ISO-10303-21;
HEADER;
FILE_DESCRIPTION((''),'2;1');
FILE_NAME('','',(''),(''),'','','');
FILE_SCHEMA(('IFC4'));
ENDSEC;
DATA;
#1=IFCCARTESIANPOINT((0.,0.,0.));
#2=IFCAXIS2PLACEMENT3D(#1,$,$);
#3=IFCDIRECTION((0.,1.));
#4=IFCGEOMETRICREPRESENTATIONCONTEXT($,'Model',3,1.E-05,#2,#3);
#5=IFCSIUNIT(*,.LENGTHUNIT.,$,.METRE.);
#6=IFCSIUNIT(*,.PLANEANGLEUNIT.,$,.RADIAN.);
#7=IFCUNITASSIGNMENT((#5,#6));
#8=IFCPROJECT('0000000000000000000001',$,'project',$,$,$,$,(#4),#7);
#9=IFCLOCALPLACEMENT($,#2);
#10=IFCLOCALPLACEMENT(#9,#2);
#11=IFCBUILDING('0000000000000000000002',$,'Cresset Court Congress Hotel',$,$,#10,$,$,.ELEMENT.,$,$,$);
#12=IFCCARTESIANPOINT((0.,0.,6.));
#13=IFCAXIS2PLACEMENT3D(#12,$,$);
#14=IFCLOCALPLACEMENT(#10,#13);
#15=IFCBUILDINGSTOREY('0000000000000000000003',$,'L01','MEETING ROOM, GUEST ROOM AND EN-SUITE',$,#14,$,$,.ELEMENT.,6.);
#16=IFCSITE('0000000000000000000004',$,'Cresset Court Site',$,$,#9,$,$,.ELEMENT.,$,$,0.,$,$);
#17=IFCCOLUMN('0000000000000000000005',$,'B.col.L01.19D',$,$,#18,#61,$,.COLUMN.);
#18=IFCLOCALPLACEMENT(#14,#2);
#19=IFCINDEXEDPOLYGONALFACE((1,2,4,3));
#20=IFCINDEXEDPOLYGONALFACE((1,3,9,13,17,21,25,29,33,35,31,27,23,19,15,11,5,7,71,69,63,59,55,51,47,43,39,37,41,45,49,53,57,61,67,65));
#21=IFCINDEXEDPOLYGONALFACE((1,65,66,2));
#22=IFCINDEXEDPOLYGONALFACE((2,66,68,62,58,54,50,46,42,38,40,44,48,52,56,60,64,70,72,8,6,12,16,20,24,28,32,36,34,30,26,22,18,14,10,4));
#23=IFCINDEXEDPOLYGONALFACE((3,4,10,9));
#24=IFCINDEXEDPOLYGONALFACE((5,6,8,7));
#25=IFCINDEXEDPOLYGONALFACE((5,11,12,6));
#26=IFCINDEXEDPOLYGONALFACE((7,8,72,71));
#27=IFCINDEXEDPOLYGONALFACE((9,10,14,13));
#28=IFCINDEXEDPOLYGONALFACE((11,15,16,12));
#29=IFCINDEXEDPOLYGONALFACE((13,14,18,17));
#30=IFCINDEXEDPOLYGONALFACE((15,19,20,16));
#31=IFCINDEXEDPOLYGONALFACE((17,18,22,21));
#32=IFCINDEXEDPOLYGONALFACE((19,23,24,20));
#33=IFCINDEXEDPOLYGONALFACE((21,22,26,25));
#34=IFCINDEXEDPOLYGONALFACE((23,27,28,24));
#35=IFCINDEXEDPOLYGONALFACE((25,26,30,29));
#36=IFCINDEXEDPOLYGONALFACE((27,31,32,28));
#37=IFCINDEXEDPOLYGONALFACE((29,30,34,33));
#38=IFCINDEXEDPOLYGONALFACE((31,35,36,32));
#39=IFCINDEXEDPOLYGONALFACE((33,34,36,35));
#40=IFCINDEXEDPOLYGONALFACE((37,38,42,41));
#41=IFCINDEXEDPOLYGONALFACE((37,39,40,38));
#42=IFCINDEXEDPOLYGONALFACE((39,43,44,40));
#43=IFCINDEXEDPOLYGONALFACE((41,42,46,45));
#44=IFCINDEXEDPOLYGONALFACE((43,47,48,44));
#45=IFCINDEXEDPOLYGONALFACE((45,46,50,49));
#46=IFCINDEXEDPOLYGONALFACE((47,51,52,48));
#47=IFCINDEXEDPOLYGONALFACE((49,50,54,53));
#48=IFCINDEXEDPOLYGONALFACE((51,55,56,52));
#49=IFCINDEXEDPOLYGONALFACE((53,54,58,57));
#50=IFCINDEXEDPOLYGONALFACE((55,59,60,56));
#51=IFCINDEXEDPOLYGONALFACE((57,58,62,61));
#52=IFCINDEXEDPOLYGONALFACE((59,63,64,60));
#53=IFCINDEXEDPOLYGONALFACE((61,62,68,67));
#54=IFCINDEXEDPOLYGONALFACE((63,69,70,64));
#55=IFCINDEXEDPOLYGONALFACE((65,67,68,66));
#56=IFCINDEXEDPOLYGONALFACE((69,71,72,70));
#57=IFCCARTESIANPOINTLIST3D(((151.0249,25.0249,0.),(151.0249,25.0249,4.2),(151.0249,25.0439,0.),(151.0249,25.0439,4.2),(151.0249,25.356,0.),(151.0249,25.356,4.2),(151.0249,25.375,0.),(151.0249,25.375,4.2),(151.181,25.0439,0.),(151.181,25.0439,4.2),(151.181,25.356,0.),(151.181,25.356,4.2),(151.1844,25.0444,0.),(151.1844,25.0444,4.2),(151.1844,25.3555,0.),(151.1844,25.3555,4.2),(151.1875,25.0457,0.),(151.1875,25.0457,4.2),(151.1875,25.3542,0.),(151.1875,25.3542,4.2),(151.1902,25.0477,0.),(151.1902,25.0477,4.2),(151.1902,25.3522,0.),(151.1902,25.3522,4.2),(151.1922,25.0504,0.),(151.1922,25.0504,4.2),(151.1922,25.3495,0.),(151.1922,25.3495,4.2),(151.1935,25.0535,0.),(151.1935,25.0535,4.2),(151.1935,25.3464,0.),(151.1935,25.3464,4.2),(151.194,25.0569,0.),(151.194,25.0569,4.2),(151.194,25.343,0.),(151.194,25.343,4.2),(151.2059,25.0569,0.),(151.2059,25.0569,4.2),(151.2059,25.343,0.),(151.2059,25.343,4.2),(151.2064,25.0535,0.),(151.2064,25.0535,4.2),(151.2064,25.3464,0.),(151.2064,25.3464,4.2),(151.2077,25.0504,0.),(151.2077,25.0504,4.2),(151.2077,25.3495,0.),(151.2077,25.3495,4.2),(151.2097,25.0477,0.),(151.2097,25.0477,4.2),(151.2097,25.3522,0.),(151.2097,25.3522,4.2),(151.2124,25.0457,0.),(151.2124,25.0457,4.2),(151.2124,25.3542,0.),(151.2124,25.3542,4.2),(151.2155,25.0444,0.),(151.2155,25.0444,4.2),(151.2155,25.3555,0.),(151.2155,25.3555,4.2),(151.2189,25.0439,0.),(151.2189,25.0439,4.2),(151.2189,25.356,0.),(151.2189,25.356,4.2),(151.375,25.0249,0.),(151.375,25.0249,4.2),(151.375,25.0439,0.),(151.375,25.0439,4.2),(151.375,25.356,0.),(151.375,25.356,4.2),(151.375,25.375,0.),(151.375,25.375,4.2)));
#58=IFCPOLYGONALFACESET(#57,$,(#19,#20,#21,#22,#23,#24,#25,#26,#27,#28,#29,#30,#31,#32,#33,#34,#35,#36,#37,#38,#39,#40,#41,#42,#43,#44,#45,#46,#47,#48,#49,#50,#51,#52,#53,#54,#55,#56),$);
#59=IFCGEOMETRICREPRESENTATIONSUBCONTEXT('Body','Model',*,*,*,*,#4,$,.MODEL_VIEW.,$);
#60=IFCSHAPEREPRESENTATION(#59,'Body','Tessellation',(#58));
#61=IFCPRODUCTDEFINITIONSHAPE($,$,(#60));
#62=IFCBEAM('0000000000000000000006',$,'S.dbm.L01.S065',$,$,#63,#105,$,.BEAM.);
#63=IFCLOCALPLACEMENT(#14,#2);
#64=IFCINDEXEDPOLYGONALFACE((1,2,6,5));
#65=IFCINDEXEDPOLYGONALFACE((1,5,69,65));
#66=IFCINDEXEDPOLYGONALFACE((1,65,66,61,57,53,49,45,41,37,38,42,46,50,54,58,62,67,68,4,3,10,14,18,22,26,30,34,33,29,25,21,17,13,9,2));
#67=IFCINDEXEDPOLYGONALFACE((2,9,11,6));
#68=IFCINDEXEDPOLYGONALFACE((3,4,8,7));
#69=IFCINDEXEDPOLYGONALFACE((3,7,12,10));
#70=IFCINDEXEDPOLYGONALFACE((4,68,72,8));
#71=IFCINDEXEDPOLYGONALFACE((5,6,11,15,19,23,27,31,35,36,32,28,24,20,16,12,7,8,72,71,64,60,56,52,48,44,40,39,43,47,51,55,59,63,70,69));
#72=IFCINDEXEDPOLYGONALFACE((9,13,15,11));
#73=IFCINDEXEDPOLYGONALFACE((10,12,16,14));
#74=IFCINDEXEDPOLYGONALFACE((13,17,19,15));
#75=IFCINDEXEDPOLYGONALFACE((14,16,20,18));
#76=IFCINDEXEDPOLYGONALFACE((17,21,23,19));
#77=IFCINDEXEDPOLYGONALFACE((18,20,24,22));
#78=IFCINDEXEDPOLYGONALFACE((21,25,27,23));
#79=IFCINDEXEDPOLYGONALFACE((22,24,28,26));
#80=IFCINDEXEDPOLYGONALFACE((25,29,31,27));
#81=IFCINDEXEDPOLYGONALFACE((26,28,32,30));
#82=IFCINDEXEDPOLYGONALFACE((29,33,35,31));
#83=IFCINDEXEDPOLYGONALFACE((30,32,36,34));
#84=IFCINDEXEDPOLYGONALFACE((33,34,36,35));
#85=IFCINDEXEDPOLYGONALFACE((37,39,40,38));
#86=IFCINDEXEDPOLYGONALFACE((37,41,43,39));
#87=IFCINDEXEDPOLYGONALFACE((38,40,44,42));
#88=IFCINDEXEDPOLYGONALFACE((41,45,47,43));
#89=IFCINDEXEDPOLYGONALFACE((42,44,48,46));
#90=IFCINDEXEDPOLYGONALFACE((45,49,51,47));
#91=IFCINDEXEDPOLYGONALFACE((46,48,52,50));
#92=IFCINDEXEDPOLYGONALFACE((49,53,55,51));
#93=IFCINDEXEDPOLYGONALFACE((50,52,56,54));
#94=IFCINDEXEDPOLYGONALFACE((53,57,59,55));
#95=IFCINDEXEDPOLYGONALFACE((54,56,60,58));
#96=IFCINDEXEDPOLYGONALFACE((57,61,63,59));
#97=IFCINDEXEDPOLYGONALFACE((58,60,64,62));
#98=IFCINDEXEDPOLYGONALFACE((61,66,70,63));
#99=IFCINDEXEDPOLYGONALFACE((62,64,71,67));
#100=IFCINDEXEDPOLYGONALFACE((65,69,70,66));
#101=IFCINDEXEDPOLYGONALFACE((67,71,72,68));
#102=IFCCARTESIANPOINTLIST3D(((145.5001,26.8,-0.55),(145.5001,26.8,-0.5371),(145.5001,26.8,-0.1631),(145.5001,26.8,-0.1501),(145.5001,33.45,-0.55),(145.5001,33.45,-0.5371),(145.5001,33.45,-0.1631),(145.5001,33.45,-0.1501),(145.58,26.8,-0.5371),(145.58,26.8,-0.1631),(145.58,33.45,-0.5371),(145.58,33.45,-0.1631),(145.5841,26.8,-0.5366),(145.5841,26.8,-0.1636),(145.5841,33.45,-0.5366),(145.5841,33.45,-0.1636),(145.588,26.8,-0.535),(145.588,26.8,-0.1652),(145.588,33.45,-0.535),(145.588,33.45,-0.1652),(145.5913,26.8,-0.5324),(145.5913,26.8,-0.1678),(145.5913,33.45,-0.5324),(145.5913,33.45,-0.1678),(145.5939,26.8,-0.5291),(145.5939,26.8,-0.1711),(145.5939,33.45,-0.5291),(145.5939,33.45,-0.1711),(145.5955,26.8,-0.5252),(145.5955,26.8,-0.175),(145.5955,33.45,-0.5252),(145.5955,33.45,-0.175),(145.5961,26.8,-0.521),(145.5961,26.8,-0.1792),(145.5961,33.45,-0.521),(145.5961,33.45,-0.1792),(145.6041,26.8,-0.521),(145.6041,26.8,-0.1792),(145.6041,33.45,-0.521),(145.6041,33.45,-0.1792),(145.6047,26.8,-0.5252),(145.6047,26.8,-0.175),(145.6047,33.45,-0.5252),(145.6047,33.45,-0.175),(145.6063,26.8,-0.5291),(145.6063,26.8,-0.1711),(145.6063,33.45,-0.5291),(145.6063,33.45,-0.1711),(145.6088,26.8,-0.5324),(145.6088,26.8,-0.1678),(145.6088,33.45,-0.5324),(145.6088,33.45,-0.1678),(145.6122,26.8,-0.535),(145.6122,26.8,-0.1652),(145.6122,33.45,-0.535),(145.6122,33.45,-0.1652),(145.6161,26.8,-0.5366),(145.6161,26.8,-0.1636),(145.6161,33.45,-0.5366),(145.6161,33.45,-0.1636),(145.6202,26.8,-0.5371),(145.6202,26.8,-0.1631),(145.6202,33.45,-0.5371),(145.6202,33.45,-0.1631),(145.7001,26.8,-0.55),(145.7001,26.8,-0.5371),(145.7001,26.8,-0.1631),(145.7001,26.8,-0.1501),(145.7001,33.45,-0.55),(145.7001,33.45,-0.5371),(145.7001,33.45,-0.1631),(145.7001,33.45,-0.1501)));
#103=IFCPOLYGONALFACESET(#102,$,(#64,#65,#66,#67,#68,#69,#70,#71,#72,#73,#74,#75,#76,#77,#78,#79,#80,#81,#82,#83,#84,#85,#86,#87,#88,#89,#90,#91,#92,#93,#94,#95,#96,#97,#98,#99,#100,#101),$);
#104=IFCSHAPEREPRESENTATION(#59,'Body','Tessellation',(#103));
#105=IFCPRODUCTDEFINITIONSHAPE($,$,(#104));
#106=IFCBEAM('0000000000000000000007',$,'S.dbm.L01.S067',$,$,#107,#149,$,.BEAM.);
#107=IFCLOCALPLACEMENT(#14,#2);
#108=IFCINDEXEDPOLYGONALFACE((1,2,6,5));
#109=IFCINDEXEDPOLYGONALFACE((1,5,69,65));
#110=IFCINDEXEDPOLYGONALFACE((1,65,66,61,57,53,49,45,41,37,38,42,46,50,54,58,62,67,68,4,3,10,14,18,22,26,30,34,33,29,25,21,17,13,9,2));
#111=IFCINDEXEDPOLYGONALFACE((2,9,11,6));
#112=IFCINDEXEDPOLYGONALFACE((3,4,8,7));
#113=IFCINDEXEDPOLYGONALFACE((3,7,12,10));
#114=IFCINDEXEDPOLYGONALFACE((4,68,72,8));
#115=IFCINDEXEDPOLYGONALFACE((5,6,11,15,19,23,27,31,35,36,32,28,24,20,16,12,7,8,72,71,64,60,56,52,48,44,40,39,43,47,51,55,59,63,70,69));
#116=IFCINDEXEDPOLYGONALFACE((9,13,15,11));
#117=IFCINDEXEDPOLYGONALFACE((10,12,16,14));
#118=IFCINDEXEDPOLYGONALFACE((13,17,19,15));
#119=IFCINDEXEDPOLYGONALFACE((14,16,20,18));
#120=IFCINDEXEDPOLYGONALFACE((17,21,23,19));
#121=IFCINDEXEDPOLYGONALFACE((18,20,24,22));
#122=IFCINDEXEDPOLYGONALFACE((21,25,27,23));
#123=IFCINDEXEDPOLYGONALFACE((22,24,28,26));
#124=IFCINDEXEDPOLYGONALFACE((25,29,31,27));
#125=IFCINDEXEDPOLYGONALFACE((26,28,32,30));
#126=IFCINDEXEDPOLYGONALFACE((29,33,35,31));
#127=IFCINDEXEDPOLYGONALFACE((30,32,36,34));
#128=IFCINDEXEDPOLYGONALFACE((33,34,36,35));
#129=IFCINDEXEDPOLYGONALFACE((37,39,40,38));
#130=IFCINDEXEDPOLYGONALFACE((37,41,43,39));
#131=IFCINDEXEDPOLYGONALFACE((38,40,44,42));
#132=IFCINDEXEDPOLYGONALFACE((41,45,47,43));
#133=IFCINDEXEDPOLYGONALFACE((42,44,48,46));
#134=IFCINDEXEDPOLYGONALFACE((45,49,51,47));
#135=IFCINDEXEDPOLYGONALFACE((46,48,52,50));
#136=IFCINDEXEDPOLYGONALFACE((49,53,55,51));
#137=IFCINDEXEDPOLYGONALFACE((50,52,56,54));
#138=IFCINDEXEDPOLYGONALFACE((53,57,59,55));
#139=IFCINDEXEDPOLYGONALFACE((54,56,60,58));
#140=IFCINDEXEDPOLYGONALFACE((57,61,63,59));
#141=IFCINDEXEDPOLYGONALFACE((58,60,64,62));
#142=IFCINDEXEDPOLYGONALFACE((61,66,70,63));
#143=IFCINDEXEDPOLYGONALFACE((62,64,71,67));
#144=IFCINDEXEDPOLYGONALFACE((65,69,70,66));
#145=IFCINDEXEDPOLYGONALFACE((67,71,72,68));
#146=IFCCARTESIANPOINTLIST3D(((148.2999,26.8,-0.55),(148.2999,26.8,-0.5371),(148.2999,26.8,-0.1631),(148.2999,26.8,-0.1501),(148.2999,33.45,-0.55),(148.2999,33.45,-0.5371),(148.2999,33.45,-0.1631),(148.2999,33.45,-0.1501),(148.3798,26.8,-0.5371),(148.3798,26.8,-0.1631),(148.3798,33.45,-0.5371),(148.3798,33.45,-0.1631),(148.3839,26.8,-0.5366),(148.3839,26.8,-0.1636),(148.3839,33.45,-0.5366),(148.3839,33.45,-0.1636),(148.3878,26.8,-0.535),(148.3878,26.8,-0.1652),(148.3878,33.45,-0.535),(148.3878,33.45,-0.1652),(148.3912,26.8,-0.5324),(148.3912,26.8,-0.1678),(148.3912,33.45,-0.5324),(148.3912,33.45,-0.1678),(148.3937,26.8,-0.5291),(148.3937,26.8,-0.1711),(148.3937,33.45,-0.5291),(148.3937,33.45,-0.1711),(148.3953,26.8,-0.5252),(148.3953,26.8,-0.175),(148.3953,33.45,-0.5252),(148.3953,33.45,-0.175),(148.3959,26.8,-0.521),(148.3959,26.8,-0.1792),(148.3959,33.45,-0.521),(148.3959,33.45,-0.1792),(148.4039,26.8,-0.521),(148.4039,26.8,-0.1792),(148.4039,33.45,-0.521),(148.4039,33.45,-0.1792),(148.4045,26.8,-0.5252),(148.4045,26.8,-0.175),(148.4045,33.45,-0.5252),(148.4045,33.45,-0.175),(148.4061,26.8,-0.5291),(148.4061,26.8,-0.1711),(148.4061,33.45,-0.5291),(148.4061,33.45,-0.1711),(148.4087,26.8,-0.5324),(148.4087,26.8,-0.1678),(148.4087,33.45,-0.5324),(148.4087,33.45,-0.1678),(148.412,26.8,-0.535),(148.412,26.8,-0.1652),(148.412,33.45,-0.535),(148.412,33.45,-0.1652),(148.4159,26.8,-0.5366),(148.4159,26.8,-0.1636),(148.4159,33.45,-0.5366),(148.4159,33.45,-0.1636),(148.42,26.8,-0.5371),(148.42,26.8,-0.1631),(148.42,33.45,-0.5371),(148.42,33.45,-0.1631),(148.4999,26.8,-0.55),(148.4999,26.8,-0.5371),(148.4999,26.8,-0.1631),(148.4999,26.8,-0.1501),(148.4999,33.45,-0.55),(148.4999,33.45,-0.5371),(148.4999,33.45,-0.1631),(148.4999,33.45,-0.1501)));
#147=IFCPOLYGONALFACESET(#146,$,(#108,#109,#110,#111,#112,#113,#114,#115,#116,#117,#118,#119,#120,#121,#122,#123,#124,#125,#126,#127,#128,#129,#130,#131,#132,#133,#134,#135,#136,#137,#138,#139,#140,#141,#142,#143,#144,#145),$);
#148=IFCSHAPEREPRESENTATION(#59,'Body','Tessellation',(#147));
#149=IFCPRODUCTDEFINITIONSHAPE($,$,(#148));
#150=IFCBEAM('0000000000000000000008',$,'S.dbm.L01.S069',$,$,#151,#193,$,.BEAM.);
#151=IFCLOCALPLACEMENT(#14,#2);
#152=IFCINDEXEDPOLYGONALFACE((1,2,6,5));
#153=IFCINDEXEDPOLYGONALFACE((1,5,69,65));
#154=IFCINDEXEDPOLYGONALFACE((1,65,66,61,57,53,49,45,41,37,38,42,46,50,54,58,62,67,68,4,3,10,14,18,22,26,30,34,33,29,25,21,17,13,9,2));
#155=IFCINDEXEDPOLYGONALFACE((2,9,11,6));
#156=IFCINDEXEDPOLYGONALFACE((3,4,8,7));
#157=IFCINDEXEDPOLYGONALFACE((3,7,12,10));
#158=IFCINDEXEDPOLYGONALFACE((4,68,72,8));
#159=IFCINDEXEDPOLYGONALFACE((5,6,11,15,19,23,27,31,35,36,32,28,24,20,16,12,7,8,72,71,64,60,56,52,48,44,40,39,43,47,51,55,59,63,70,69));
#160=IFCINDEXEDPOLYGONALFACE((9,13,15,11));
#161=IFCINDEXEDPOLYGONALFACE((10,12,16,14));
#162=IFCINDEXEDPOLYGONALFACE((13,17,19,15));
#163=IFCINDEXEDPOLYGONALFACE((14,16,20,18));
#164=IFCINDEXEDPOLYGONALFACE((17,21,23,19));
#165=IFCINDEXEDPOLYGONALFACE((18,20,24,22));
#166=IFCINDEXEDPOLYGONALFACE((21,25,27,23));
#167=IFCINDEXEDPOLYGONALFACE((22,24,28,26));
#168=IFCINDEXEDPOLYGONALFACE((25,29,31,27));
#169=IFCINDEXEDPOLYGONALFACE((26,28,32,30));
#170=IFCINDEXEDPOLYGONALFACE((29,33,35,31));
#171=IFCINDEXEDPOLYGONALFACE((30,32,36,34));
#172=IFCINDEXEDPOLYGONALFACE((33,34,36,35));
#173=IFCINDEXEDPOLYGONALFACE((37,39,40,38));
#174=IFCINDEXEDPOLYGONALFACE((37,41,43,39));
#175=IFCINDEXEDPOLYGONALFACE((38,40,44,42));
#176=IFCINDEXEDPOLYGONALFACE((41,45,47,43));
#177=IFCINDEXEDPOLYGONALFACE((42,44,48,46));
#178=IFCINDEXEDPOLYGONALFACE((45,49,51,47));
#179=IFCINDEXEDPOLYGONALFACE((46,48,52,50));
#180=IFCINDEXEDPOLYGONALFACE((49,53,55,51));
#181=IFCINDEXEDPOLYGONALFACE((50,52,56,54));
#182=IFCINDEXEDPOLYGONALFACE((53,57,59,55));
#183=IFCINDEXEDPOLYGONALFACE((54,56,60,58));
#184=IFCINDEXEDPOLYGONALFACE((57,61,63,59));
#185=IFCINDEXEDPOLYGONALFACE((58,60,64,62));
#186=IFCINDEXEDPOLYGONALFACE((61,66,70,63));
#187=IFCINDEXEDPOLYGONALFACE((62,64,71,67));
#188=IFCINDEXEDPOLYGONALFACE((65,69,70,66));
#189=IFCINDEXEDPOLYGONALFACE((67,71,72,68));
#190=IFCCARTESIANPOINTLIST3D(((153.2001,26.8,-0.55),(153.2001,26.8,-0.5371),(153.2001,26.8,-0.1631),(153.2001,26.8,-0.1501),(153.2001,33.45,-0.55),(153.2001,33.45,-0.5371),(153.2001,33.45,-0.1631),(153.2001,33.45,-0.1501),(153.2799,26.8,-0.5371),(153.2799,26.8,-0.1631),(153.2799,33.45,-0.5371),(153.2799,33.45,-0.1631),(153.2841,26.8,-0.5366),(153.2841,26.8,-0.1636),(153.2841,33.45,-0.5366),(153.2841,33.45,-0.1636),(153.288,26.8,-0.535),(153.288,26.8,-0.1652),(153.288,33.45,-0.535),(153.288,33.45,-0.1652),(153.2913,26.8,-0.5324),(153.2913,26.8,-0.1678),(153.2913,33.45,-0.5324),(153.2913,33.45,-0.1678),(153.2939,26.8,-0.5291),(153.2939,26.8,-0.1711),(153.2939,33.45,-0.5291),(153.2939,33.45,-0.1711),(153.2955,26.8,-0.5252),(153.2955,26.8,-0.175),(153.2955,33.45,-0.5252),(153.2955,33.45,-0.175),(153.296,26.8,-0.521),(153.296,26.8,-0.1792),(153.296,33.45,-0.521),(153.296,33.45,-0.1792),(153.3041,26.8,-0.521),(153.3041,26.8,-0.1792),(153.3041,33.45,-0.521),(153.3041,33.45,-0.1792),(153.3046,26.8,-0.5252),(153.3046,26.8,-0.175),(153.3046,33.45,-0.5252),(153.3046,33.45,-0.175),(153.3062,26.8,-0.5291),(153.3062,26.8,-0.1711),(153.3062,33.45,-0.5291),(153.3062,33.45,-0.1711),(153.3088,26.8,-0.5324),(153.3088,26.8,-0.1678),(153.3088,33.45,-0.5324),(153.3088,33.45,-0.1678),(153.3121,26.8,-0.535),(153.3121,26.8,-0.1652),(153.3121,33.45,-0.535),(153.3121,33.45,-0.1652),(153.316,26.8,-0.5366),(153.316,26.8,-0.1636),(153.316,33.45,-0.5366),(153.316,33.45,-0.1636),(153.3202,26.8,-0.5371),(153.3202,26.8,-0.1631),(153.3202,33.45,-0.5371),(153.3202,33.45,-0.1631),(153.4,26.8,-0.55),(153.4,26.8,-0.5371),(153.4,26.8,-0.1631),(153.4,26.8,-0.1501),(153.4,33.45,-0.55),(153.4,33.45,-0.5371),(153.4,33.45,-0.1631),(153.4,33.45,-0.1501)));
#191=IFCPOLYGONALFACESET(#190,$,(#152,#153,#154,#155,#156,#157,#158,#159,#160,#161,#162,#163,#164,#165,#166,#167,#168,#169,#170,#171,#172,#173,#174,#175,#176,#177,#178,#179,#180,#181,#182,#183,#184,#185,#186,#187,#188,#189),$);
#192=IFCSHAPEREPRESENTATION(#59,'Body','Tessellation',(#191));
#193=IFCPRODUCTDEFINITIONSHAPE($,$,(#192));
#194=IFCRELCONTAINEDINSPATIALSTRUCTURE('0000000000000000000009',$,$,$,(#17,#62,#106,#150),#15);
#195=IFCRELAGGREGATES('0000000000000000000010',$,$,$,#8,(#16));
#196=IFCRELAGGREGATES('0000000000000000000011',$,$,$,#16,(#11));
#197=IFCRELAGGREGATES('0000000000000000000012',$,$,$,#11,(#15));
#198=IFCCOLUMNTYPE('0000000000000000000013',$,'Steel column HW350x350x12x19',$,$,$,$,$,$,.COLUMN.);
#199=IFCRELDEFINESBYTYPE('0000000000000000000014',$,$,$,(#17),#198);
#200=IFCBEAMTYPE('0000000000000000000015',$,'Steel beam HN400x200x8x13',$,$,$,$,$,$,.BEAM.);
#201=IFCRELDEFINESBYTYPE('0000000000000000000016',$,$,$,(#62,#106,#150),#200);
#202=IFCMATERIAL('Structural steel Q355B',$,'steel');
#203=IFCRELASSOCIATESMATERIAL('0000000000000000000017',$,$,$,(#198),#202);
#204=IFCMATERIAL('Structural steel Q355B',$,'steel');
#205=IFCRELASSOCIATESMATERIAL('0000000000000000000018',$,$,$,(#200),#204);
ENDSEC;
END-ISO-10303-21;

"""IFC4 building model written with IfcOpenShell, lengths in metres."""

from ifc_helpers import new_model, si_unit, direction, frame, origin, origin_2d, place, context, subcontext, project, spatial, i_section, extrude, material, material_profile, profile_set, type_object, element, save


model = new_model("IFC4")

# Units and contexts
model_context = context("Model", 3, precision=1e-05, world=origin(), true_north=direction((0.0, 1.0)))
body_context = subcontext(model_context, "Body", "Model", "MODEL_VIEW")
ifc_project = project(units=[si_unit("LENGTHUNIT", "METRE"), si_unit("PLANEANGLEUNIT", "RADIAN")], contexts=[model_context])

# Site, building, storey
site_placement = place(None, origin())
site = spatial("IfcSite", under=ifc_project, at=site_placement, Name="Cresset Court Site", CompositionType="ELEMENT", RefElevation=0.0)
building_placement = place(site_placement, origin())
building = spatial("IfcBuilding", under=site, at=building_placement, Name="Cresset Court Congress Hotel", CompositionType="ELEMENT")
storey_placement = place(building_placement, frame((0.0, 0.0, 6.0)))
storey = spatial("IfcBuildingStorey", under=building, at=storey_placement, Name="L01", Description="MEETING ROOM, GUEST ROOM AND EN-SUITE", CompositionType="ELEMENT", Elevation=6.0)

# Column
ifc_material_1 = material(Name="Structural steel Q355B", Category="steel")
ifc_material_profile_1 = material_profile(ifc_material_1, i_section(OverallWidth=0.3501, OverallDepth=0.3501, WebThickness=0.012, FlangeThickness=0.019, FilletRadius=0.0129, at=origin_2d()), Name="HW350x350x12x19")
ifc_profile_set_1 = profile_set([ifc_material_profile_1], Name="Structural steel Q355B")
column_type = type_object("IfcColumnType", Name="Steel column HW350x350x12x19", PredefinedType="COLUMN", material=ifc_profile_set_1)
column_placement = place(storey_placement, frame((151.2, 25.2, 0.0), z_axis=(0.0, 0.0, 1.0), x_axis=(1.0, 0.0, 0.0)))
element("IfcColumn", 1, at=column_placement, inside=storey, type_object=column_type, Name="B.col.L01.19D", PredefinedType="COLUMN", context=body_context, shape_type="SweptSolid", body=[
    extrude(i_section(OverallWidth=0.3501, OverallDepth=0.3501, WebThickness=0.012, FlangeThickness=0.019, FilletRadius=0.0129, at=origin_2d()), origin(), (0.0, 0.0, 1.0), 4.2),
])

# Beams
ifc_material_2 = material(Name="Structural steel Q355B", Category="steel")
ifc_material_profile_2 = material_profile(ifc_material_2, i_section(OverallWidth=0.2, OverallDepth=0.3999, WebThickness=0.0081, FlangeThickness=0.0129, FilletRadius=0.0161, at=origin_2d()), Name="HN400x200x8x13")
ifc_profile_set_2 = profile_set([ifc_material_profile_2], Name="Structural steel Q355B")
beam_type_1 = type_object("IfcBeamType", Name="Steel beam HN400x200x8x13", PredefinedType="BEAM", material=ifc_profile_set_2)
for number, where, z_axis, x_axis, name in (
    (2, (145.6001, 26.8, -0.3501), (0.0, 1.0, 0.0), (-1.0, 0.0, 0.0), "S.dbm.L01.S065"),
    (3, (148.3999, 26.8, -0.3501), (0.0, 1.0, 0.0), (-1.0, 0.0, 0.0), "S.dbm.L01.S067"),
    (4, (153.3, 26.8, -0.3501), (0.0, 1.0, 0.0), (-1.0, 0.0, 0.0), "S.dbm.L01.S069"),
):
    element("IfcBeam", number, at=place(storey_placement, frame(where, z_axis=z_axis, x_axis=x_axis)), inside=storey, type_object=beam_type_1, Name=name, PredefinedType="BEAM", context=body_context, shape_type="SweptSolid", body=[
        extrude(i_section(OverallWidth=0.2, OverallDepth=0.3999, WebThickness=0.0081, FlangeThickness=0.0129, FilletRadius=0.0161, at=origin_2d()), origin(), (0.0, 0.0, 1.0), 6.6499),
    ])

save(model, "model.ifc")
